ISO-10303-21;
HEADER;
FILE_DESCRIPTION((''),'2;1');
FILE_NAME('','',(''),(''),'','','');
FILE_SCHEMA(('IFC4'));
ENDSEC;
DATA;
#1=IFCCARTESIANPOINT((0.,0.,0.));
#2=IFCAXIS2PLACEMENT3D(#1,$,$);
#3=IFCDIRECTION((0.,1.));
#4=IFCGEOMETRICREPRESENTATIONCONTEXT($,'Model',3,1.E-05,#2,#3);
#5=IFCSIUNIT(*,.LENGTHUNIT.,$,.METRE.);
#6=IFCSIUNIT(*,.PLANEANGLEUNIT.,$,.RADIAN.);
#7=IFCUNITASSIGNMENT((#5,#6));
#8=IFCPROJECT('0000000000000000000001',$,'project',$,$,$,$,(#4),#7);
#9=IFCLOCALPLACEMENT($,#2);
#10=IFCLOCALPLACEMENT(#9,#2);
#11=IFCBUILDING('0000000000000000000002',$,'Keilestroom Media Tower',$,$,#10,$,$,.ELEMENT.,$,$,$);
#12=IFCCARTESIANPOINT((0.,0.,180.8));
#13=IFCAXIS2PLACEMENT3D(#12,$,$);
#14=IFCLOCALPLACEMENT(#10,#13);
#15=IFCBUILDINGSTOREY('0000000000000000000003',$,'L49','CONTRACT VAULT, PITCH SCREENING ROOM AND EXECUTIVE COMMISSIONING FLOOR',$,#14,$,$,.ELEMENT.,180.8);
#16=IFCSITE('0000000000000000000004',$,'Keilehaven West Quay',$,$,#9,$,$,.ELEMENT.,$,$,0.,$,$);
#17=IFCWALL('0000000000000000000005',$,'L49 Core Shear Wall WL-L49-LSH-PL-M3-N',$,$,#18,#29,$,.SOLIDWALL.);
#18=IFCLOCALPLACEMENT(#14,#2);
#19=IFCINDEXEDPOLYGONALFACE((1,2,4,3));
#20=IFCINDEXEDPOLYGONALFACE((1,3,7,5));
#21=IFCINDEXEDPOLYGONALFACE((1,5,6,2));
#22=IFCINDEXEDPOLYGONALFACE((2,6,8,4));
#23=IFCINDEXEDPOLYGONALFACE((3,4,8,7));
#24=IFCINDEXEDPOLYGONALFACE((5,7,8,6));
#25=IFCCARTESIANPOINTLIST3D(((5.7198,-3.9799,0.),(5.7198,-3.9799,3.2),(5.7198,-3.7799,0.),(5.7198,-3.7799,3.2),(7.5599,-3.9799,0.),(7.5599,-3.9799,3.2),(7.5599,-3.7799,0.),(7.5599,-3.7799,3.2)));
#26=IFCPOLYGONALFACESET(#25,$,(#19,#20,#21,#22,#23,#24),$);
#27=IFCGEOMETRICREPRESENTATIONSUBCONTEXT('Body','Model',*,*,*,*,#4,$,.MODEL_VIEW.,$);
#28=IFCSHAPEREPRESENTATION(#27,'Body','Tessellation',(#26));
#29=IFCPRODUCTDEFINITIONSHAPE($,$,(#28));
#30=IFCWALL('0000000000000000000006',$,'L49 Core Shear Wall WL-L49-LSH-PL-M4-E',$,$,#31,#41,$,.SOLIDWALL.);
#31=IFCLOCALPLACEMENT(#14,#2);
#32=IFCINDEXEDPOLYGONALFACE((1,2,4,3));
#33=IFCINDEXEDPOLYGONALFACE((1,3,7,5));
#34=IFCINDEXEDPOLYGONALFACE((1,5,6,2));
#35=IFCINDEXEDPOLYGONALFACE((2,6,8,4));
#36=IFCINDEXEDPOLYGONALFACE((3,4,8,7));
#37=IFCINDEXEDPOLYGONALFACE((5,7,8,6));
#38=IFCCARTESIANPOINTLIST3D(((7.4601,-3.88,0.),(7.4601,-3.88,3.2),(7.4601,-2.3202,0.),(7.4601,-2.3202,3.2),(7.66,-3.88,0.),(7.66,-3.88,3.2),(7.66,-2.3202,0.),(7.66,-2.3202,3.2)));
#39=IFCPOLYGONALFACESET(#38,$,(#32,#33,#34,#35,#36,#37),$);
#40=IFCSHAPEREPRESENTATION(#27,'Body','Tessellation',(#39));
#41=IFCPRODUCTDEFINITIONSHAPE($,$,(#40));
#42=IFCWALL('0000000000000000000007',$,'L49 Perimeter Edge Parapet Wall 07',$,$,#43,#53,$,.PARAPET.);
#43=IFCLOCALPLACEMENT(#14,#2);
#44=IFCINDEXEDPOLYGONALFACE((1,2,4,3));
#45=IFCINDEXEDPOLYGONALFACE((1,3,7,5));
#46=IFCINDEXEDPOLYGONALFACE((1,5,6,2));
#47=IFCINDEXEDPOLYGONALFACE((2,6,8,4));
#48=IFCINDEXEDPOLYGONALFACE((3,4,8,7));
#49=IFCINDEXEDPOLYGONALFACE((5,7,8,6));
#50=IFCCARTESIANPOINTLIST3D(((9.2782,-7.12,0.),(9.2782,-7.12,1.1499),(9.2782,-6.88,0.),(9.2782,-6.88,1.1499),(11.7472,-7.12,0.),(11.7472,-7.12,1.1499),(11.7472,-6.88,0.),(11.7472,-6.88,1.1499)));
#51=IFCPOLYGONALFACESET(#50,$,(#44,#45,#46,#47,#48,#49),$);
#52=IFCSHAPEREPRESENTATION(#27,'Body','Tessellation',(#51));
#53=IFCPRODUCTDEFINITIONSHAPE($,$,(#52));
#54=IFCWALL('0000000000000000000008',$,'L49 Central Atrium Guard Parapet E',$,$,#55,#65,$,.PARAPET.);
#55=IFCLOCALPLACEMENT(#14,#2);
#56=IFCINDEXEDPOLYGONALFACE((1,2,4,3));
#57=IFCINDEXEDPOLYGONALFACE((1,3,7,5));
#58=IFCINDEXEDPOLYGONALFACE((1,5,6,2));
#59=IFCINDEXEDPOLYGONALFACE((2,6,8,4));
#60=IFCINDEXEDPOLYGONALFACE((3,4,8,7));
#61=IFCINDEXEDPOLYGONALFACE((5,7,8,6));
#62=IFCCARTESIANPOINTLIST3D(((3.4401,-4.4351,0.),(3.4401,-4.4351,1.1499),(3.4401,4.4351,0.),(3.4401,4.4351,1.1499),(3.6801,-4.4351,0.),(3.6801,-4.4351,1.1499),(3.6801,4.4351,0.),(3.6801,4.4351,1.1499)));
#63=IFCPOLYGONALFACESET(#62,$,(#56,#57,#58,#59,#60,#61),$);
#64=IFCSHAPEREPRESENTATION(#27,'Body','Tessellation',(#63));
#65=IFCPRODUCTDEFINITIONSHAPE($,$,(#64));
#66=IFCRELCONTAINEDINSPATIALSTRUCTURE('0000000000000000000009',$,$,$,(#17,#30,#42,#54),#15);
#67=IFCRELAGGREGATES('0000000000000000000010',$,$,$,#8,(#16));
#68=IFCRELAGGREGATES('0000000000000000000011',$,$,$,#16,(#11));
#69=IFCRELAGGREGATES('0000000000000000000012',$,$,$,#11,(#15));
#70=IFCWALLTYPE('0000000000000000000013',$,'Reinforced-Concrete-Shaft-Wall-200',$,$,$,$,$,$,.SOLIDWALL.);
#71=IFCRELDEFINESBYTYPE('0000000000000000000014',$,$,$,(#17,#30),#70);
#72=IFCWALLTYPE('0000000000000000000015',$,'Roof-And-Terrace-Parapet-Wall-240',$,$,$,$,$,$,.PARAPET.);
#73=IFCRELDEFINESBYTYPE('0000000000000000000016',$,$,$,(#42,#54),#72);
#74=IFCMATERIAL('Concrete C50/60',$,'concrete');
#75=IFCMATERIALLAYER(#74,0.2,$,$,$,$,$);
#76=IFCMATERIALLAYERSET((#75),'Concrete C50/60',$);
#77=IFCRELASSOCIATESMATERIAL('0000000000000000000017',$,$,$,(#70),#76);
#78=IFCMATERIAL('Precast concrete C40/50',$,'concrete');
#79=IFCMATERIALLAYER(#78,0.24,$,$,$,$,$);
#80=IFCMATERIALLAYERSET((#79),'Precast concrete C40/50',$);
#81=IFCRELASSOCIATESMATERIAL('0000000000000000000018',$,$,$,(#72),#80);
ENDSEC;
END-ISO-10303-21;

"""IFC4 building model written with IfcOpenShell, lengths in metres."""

from ifc_helpers import new_model, si_unit, direction, frame, frame_2d, origin, place, context, subcontext, project, spatial, rectangle, extrude, material, layer, layer_set, type_object, element, save


model = new_model("IFC4")

# Units and contexts
model_context = context("Model", 3, precision=1e-05, world=origin(), true_north=direction((0.0, 1.0)))
body_context = subcontext(model_context, "Body", "Model", "MODEL_VIEW")
ifc_project = project(units=[si_unit("LENGTHUNIT", "METRE"), si_unit("PLANEANGLEUNIT", "RADIAN")], contexts=[model_context])

# Site, building, storey
site_placement = place(None, origin())
site = spatial("IfcSite", under=ifc_project, at=site_placement, Name="Keilehaven West Quay", CompositionType="ELEMENT", RefElevation=0.0)
building_placement = place(site_placement, origin())
building = spatial("IfcBuilding", under=site, at=building_placement, Name="Keilestroom Media Tower", CompositionType="ELEMENT")
storey_placement = place(building_placement, frame((0.0, 0.0, 180.8)))
storey = spatial("IfcBuildingStorey", under=building, at=storey_placement, Name="L49", Description="CONTRACT VAULT, PITCH SCREENING ROOM AND EXECUTIVE COMMISSIONING FLOOR", CompositionType="ELEMENT", Elevation=180.8)

# Shared definitions
ifc_material_1 = material(Name="Precast concrete C40/50", Category="concrete")

# Shared definitions
ifc_material_2 = material(Name="Concrete C50/60", Category="concrete")
ifc_layer_1 = layer(ifc_material_2, 0.2)
ifc_layer_set_1 = layer_set([ifc_layer_1], Name="Concrete C50/60")
wall_type_1 = type_object("IfcWallType", Name="Reinforced-Concrete-Shaft-Wall-200", PredefinedType="SOLIDWALL", material=ifc_layer_set_1)

# Walls
wall_1_placement = place(storey_placement, frame((5.72, -3.8799, 0.0), z_axis=(0.0, 0.0, 1.0), x_axis=(1.0, 0.0, 0.0)))
element("IfcWall", 1, at=wall_1_placement, inside=storey, type_object=wall_type_1, Name="L49 Core Shear Wall WL-L49-LSH-PL-M3-N", PredefinedType="SOLIDWALL", context=body_context, shape_type="SweptSolid", body=[
    extrude(rectangle(XDim=1.8401, YDim=0.2, at=frame_2d((0.9199, 0.0))), origin(), (0.0, 0.0, 1.0), 3.2),
])
wall_2_placement = place(storey_placement, frame((7.5601, -3.8799, 0.0), z_axis=(0.0, 0.0, 1.0), x_axis=(0.0, 1.0, 0.0)))
element("IfcWall", 2, at=wall_2_placement, inside=storey, type_object=wall_type_1, Name="L49 Core Shear Wall WL-L49-LSH-PL-M4-E", PredefinedType="SOLIDWALL", context=body_context, shape_type="SweptSolid", body=[
    extrude(rectangle(XDim=1.5598, YDim=0.2, at=frame_2d((0.7798, 0.0))), origin(), (0.0, 0.0, 1.0), 3.2),
])
ifc_layer_2 = layer(ifc_material_1, 0.24)
ifc_layer_set_2 = layer_set([ifc_layer_2], Name="Precast concrete C40/50")
wall_type_2 = type_object("IfcWallType", Name="Roof-And-Terrace-Parapet-Wall-240", PredefinedType="PARAPET", material=ifc_layer_set_2)
wall_3_placement = place(storey_placement, frame((11.7471, -7.0, 0.0), z_axis=(0.0, 0.0, 1.0), x_axis=(-1.0, 0.0, 0.0)))
element("IfcWall", 3, at=wall_3_placement, inside=storey, type_object=wall_type_2, Name="L49 Perimeter Edge Parapet Wall 07", PredefinedType="PARAPET", context=body_context, shape_type="SweptSolid", body=[
    extrude(rectangle(XDim=2.469, YDim=0.24, at=frame_2d((1.2344, 0.0))), origin(), (0.0, 0.0, 1.0), 1.1499),
])
wall_4_placement = place(storey_placement, frame((3.5601, -4.4351, 0.0), z_axis=(0.0, 0.0, 1.0), x_axis=(0.0, 1.0, 0.0)))
element("IfcWall", 4, at=wall_4_placement, inside=storey, type_object=wall_type_2, Name="L49 Central Atrium Guard Parapet E", PredefinedType="PARAPET", context=body_context, shape_type="SweptSolid", body=[
    extrude(rectangle(XDim=8.8701, YDim=0.24, at=frame_2d((4.4351, 0.0))), origin(), (0.0, 0.0, 1.0), 1.1499),
])

save(model, "model.ifc")
